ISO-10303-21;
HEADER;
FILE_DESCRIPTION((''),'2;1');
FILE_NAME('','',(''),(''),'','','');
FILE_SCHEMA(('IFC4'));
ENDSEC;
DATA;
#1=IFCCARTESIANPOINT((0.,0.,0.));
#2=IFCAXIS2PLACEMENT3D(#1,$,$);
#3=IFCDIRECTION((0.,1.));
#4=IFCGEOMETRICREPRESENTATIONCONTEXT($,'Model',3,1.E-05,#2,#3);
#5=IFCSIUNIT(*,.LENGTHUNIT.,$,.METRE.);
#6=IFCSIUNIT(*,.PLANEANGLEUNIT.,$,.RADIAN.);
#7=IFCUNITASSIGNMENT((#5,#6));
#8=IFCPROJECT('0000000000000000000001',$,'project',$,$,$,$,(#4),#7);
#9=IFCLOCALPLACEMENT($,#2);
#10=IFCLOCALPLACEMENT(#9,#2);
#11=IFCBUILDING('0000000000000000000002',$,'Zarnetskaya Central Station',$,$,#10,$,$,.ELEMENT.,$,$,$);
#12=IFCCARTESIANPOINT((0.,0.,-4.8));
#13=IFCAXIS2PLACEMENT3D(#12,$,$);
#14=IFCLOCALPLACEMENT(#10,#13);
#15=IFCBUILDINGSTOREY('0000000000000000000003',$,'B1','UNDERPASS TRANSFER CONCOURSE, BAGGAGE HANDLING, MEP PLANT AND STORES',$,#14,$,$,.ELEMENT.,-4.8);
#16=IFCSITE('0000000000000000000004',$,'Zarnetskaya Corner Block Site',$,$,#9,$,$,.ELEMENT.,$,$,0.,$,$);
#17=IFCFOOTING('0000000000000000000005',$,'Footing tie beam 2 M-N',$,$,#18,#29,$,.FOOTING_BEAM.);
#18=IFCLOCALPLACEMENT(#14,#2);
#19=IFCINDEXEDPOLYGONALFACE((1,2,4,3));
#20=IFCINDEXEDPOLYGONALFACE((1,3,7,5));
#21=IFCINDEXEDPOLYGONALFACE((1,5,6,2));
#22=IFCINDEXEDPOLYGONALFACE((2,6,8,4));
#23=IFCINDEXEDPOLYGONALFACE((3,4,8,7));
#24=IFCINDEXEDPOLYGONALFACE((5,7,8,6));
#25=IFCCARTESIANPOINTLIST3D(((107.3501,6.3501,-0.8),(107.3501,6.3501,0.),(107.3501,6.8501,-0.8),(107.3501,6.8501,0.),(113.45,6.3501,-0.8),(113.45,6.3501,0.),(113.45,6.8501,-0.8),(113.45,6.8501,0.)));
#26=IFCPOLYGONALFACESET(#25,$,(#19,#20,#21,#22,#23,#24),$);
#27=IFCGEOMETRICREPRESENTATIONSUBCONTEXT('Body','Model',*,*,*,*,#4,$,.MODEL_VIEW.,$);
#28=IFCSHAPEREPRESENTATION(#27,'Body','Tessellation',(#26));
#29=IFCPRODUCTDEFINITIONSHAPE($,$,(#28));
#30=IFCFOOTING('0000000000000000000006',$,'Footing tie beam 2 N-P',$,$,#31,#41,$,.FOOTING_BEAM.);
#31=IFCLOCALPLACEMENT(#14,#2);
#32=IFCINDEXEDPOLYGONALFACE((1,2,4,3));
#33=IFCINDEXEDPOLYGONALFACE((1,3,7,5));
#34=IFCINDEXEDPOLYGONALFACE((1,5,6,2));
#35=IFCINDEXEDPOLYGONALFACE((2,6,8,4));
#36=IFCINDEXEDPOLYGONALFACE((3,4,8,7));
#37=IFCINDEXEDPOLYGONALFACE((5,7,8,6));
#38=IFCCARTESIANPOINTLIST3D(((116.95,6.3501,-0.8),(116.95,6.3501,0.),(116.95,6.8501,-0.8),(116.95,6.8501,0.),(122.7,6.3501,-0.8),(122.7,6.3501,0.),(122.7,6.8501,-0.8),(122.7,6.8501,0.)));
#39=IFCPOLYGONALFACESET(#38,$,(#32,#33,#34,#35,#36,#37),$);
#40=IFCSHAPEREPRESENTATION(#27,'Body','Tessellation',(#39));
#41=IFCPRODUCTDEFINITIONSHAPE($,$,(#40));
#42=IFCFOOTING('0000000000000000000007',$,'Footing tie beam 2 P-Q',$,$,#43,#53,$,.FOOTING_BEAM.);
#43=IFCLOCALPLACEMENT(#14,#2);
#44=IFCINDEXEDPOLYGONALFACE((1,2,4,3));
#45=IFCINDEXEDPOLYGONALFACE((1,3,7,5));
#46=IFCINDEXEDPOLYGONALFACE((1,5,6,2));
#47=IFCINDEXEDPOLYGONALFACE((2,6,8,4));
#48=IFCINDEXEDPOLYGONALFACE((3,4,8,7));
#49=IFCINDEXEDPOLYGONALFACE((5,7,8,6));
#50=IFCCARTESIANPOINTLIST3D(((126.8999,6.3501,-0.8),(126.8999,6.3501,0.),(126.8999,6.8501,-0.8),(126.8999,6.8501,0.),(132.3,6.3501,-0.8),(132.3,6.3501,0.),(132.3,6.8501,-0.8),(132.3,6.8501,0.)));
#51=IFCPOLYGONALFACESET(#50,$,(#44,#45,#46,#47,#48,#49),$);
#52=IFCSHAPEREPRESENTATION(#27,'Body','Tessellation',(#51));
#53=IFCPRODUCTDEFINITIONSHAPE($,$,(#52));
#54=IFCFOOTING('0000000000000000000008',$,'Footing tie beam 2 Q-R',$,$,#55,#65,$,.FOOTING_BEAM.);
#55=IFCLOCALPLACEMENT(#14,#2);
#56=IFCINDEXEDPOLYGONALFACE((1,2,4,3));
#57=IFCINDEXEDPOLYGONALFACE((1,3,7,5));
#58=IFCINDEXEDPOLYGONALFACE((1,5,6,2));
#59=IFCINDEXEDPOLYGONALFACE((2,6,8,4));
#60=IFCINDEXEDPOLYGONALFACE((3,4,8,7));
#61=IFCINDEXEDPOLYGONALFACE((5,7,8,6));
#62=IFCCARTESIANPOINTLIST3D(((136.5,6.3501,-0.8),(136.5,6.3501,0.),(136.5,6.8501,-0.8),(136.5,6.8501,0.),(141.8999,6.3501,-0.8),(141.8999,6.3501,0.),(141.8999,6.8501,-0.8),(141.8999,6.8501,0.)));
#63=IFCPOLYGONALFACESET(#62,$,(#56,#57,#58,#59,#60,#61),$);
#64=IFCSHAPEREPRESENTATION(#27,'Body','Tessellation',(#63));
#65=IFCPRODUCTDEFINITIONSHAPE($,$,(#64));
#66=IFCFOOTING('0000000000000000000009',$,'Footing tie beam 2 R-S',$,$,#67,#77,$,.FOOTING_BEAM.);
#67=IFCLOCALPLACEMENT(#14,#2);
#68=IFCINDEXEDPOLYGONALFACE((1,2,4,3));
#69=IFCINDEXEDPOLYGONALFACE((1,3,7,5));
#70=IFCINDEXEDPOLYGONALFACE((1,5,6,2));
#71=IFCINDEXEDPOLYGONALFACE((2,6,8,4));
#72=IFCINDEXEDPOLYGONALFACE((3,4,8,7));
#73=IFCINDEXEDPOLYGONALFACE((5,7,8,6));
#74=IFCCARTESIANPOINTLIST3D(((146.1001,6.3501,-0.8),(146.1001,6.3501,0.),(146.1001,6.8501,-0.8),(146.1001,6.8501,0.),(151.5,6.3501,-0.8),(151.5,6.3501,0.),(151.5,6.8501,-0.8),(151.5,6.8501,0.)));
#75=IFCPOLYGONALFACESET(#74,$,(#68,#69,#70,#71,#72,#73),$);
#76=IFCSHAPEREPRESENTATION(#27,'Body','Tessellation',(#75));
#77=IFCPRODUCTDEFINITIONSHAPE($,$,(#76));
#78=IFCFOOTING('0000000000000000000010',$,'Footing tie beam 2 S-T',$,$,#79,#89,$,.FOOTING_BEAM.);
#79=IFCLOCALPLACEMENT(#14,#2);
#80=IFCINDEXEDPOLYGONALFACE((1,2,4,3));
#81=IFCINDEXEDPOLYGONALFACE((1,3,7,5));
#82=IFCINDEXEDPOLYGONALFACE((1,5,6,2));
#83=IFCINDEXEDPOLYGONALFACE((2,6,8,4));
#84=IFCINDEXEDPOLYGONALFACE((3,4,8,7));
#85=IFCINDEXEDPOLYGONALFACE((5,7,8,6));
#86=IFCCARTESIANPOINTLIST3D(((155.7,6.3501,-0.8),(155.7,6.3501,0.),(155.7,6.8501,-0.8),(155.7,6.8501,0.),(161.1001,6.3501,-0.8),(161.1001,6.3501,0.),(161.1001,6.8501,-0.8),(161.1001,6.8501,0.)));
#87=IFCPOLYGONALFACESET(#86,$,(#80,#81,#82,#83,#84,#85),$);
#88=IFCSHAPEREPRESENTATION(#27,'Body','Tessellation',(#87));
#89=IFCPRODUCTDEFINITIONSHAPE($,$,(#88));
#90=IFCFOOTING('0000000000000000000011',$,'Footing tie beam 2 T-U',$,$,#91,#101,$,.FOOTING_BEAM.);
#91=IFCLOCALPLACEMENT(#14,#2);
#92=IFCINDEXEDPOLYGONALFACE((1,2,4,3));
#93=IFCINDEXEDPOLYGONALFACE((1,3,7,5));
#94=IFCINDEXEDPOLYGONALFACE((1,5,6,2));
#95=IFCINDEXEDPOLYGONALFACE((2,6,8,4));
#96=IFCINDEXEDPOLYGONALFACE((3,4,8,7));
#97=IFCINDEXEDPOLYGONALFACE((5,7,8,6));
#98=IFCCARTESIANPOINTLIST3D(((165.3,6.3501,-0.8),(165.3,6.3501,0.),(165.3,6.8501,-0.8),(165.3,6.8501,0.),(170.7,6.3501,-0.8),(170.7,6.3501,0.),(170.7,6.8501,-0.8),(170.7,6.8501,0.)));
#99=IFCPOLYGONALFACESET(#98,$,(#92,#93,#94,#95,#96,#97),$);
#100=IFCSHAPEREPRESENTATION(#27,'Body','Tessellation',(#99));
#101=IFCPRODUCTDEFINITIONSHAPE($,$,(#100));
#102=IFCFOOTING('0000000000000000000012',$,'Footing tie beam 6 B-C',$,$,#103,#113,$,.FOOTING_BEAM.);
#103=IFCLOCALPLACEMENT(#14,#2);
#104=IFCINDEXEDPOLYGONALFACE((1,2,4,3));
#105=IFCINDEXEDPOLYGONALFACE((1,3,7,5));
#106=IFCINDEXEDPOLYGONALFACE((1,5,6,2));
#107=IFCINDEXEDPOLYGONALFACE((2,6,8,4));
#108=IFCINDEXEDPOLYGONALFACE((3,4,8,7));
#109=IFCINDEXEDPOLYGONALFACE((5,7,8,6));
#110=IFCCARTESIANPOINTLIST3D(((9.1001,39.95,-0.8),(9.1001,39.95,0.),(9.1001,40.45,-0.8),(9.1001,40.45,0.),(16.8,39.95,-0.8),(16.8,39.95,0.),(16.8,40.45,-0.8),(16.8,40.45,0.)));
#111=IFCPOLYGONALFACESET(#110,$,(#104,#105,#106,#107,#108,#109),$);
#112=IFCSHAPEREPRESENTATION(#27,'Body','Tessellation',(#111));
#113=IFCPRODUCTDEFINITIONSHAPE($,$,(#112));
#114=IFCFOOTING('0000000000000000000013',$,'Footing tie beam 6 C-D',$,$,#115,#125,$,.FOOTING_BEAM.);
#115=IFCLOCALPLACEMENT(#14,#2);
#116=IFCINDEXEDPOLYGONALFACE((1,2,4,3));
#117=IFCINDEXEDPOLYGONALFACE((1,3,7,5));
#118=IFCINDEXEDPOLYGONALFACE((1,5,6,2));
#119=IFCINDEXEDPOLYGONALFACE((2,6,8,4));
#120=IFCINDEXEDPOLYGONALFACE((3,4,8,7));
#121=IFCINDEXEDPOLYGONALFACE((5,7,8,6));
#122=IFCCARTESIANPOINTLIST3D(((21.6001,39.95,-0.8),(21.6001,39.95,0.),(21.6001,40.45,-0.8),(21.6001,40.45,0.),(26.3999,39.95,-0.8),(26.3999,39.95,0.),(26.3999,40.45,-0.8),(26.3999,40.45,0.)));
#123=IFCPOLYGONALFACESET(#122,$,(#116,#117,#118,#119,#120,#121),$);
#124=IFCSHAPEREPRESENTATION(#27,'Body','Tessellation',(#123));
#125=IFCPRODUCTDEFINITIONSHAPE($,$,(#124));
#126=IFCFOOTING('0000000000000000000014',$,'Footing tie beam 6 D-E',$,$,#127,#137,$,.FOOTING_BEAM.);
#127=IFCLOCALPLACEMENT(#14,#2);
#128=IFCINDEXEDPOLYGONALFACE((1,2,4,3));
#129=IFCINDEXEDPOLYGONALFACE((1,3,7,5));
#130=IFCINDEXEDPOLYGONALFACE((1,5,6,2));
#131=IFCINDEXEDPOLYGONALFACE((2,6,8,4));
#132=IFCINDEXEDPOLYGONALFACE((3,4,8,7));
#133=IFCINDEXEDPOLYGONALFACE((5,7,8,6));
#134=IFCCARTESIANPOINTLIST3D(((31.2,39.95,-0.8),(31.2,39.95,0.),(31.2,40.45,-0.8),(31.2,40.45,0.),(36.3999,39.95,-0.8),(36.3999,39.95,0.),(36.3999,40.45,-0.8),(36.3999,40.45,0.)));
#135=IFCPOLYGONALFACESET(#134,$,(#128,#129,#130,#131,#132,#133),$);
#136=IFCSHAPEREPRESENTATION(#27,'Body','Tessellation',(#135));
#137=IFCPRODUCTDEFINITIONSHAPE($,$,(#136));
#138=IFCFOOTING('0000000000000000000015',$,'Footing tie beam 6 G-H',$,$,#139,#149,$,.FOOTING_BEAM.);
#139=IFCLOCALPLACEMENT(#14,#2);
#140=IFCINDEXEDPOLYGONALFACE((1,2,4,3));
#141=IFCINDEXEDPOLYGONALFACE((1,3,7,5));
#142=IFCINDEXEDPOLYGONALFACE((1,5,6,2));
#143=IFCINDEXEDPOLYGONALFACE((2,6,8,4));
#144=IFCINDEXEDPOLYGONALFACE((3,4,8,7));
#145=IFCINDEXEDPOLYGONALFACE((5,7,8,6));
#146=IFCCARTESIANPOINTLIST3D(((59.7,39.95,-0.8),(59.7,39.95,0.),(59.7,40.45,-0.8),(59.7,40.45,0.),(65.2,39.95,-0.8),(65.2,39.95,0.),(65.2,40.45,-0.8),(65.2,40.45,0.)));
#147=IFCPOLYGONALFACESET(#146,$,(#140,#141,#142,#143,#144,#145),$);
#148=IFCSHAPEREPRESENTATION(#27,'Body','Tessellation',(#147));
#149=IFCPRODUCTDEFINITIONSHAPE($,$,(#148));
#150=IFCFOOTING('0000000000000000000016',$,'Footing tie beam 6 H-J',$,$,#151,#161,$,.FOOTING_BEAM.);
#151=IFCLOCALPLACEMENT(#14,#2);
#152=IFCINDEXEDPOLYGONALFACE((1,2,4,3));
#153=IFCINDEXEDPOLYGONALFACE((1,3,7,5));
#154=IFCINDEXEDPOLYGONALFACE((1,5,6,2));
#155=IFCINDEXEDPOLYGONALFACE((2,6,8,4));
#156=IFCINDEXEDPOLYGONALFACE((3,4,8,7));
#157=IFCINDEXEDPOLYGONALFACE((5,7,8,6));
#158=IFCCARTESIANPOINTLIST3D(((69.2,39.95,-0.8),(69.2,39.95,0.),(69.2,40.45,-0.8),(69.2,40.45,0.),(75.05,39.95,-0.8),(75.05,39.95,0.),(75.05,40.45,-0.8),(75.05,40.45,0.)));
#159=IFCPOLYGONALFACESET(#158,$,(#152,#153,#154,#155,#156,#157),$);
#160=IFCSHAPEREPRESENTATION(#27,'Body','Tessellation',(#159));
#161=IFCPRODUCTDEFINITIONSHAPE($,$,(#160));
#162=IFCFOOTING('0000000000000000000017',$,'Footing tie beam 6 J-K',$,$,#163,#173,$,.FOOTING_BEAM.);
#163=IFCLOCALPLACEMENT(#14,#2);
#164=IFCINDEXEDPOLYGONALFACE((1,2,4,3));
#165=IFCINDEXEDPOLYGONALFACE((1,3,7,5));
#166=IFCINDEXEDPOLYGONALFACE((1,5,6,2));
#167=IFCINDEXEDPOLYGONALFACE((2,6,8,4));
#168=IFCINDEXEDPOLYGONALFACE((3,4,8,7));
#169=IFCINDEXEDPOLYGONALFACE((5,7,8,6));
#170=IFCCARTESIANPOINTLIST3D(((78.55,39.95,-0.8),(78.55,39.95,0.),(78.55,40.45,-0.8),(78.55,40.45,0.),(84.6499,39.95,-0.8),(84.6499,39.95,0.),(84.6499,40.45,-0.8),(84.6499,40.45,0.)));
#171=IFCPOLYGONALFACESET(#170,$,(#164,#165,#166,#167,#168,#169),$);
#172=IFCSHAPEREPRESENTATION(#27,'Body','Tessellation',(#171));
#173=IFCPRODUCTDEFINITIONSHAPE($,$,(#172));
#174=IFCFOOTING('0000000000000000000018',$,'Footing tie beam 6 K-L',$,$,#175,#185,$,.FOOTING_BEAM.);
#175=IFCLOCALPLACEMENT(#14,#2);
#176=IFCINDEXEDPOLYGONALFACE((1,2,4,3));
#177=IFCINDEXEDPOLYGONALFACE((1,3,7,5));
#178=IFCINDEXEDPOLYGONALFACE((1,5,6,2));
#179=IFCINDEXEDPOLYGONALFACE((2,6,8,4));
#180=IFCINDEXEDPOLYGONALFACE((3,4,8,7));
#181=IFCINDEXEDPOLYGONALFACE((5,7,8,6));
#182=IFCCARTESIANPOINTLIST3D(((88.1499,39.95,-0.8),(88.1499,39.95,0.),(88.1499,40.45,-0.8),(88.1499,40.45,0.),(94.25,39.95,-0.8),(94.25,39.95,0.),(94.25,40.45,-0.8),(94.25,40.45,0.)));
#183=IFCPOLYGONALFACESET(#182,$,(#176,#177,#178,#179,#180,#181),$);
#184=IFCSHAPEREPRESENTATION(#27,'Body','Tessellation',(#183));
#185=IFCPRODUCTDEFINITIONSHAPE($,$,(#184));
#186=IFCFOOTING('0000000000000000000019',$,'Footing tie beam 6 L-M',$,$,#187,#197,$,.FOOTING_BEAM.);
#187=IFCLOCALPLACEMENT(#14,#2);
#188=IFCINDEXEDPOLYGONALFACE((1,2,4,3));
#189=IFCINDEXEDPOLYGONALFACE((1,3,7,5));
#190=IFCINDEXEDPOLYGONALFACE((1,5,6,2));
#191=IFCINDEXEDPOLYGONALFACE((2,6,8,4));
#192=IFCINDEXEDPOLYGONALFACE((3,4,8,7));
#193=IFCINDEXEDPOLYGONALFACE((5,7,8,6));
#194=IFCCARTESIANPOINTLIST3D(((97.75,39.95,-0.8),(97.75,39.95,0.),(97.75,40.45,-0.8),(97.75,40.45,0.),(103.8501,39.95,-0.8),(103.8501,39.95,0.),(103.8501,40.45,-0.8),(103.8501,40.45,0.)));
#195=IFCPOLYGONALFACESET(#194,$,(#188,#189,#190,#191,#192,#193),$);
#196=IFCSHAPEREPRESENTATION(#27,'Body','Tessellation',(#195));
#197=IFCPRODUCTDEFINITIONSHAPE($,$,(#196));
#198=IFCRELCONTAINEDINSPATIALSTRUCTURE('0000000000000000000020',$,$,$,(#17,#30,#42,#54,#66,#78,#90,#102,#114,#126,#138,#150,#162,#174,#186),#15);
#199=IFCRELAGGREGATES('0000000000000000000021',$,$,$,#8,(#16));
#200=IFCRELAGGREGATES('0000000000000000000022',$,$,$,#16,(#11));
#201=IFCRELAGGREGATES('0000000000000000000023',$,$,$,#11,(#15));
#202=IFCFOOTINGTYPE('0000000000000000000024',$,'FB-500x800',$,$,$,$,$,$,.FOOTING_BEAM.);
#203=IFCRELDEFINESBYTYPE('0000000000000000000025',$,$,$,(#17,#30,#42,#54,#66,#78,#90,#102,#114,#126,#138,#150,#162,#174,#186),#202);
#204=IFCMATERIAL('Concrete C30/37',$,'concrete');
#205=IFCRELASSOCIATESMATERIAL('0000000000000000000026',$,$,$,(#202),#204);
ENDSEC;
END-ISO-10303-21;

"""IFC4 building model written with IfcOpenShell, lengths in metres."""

from ifc_helpers import new_model, si_unit, direction, frame, origin, place, context, subcontext, project, spatial, polyline, outline, extrude, material, type_object, element, save


model = new_model("IFC4")

# Units and contexts
model_context = context("Model", 3, precision=1e-05, world=origin(), true_north=direction((0.0, 1.0)))
body_context = subcontext(model_context, "Body", "Model", "MODEL_VIEW")
ifc_project = project(units=[si_unit("LENGTHUNIT", "METRE"), si_unit("PLANEANGLEUNIT", "RADIAN")], contexts=[model_context])

# Site, building, storey
site_placement = place(None, origin())
site = spatial("IfcSite", under=ifc_project, at=site_placement, Name="Zarnetskaya Corner Block Site", CompositionType="ELEMENT", RefElevation=0.0)
building_placement = place(site_placement, origin())
building = spatial("IfcBuilding", under=site, at=building_placement, Name="Zarnetskaya Central Station", CompositionType="ELEMENT")
storey_placement = place(building_placement, frame((0.0, 0.0, -4.8)))
storey = spatial("IfcBuildingStorey", under=building, at=storey_placement, Name="B1", Description="UNDERPASS TRANSFER CONCOURSE, BAGGAGE HANDLING, MEP PLANT AND STORES", CompositionType="ELEMENT", Elevation=-4.8)

# Footings
ifc_material = material(Name="Concrete C30/37", Category="concrete")
footing_type = type_object("IfcFootingType", Name="FB-500x800", PredefinedType="FOOTING_BEAM", material=ifc_material)
footing_1_placement = place(storey_placement, frame((0.0, 0.0, -0.8)))
element("IfcFooting", 1, at=footing_1_placement, inside=storey, type_object=footing_type, Name="Footing tie beam 2 M-N", PredefinedType="FOOTING_BEAM", context=body_context, shape_type="SweptSolid", body=[
    extrude(outline(polyline([(107.3501, 6.3501), (113.45, 6.3501), (113.45, 6.8501), (107.3501, 6.8501), (107.3501, 6.3501)])), origin(), (0.0, 0.0, 1.0), 0.8),
])
footing_2_placement = place(storey_placement, frame((0.0, 0.0, -0.8)))
element("IfcFooting", 2, at=footing_2_placement, inside=storey, type_object=footing_type, Name="Footing tie beam 2 N-P", PredefinedType="FOOTING_BEAM", context=body_context, shape_type="SweptSolid", body=[
    extrude(outline(polyline([(116.95, 6.3501), (122.7, 6.3501), (122.7, 6.8501), (116.95, 6.8501), (116.95, 6.3501)])), origin(), (0.0, 0.0, 1.0), 0.8),
])
footing_3_placement = place(storey_placement, frame((0.0, 0.0, -0.8)))
element("IfcFooting", 3, at=footing_3_placement, inside=storey, type_object=footing_type, Name="Footing tie beam 2 P-Q", PredefinedType="FOOTING_BEAM", context=body_context, shape_type="SweptSolid", body=[
    extrude(outline(polyline([(126.8999, 6.3501), (132.3, 6.3501), (132.3, 6.8501), (126.8999, 6.8501), (126.8999, 6.3501)])), origin(), (0.0, 0.0, 1.0), 0.8),
])
footing_4_placement = place(storey_placement, frame((0.0, 0.0, -0.8)))
element("IfcFooting", 4, at=footing_4_placement, inside=storey, type_object=footing_type, Name="Footing tie beam 2 Q-R", PredefinedType="FOOTING_BEAM", context=body_context, shape_type="SweptSolid", body=[
    extrude(outline(polyline([(136.5, 6.3501), (141.8999, 6.3501), (141.8999, 6.8501), (136.5, 6.8501), (136.5, 6.3501)])), origin(), (0.0, 0.0, 1.0), 0.8),
])
footing_5_placement = place(storey_placement, frame((0.0, 0.0, -0.8)))
element("IfcFooting", 5, at=footing_5_placement, inside=storey, type_object=footing_type, Name="Footing tie beam 2 R-S", PredefinedType="FOOTING_BEAM", context=body_context, shape_type="SweptSolid", body=[
    extrude(outline(polyline([(146.1001, 6.3501), (151.5, 6.3501), (151.5, 6.8501), (146.1001, 6.8501), (146.1001, 6.3501)])), origin(), (0.0, 0.0, 1.0), 0.8),
])
footing_6_placement = place(storey_placement, frame((0.0, 0.0, -0.8)))
element("IfcFooting", 6, at=footing_6_placement, inside=storey, type_object=footing_type, Name="Footing tie beam 2 S-T", PredefinedType="FOOTING_BEAM", context=body_context, shape_type="SweptSolid", body=[
    extrude(outline(polyline([(155.7, 6.3501), (161.1001, 6.3501), (161.1001, 6.8501), (155.7, 6.8501), (155.7, 6.3501)])), origin(), (0.0, 0.0, 1.0), 0.8),
])
footing_7_placement = place(storey_placement, frame((0.0, 0.0, -0.8)))
element("IfcFooting", 7, at=footing_7_placement, inside=storey, type_object=footing_type, Name="Footing tie beam 2 T-U", PredefinedType="FOOTING_BEAM", context=body_context, shape_type="SweptSolid", body=[
    extrude(outline(polyline([(165.3, 6.3501), (170.7, 6.3501), (170.7, 6.8501), (165.3, 6.8501), (165.3, 6.3501)])), origin(), (0.0, 0.0, 1.0), 0.8),
])
footing_8_placement = place(storey_placement, frame((0.0, 0.0, -0.8)))
element("IfcFooting", 8, at=footing_8_placement, inside=storey, type_object=footing_type, Name="Footing tie beam 6 B-C", PredefinedType="FOOTING_BEAM", context=body_context, shape_type="SweptSolid", body=[
    extrude(outline(polyline([(9.1001, 39.95), (16.8, 39.95), (16.8, 40.45), (9.1001, 40.45), (9.1001, 39.95)])), origin(), (0.0, 0.0, 1.0), 0.8),
])
footing_9_placement = place(storey_placement, frame((0.0, 0.0, -0.8)))
element("IfcFooting", 9, at=footing_9_placement, inside=storey, type_object=footing_type, Name="Footing tie beam 6 C-D", PredefinedType="FOOTING_BEAM", context=body_context, shape_type="SweptSolid", body=[
    extrude(outline(polyline([(21.6001, 39.95), (26.3999, 39.95), (26.3999, 40.45), (21.6001, 40.45), (21.6001, 39.95)])), origin(), (0.0, 0.0, 1.0), 0.8),
])
footing_10_placement = place(storey_placement, frame((0.0, 0.0, -0.8)))
element("IfcFooting", 10, at=footing_10_placement, inside=storey, type_object=footing_type, Name="Footing tie beam 6 D-E", PredefinedType="FOOTING_BEAM", context=body_context, shape_type="SweptSolid", body=[
    extrude(outline(polyline([(31.2, 39.95), (36.3999, 39.95), (36.3999, 40.45), (31.2, 40.45), (31.2, 39.95)])), origin(), (0.0, 0.0, 1.0), 0.8),
])
footing_11_placement = place(storey_placement, frame((0.0, 0.0, -0.8)))
element("IfcFooting", 11, at=footing_11_placement, inside=storey, type_object=footing_type, Name="Footing tie beam 6 G-H", PredefinedType="FOOTING_BEAM", context=body_context, shape_type="SweptSolid", body=[
    extrude(outline(polyline([(59.7, 39.95), (65.2, 39.95), (65.2, 40.45), (59.7, 40.45), (59.7, 39.95)])), origin(), (0.0, 0.0, 1.0), 0.8),
])
footing_12_placement = place(storey_placement, frame((0.0, 0.0, -0.8)))
element("IfcFooting", 12, at=footing_12_placement, inside=storey, type_object=footing_type, Name="Footing tie beam 6 H-J", PredefinedType="FOOTING_BEAM", context=body_context, shape_type="SweptSolid", body=[
    extrude(outline(polyline([(69.2, 39.95), (75.05, 39.95), (75.05, 40.45), (69.2, 40.45), (69.2, 39.95)])), origin(), (0.0, 0.0, 1.0), 0.8),
])
footing_13_placement = place(storey_placement, frame((0.0, 0.0, -0.8)))
element("IfcFooting", 13, at=footing_13_placement, inside=storey, type_object=footing_type, Name="Footing tie beam 6 J-K", PredefinedType="FOOTING_BEAM", context=body_context, shape_type="SweptSolid", body=[
    extrude(outline(polyline([(78.55, 39.95), (84.6499, 39.95), (84.6499, 40.45), (78.55, 40.45), (78.55, 39.95)])), origin(), (0.0, 0.0, 1.0), 0.8),
])
footing_14_placement = place(storey_placement, frame((0.0, 0.0, -0.8)))
element("IfcFooting", 14, at=footing_14_placement, inside=storey, type_object=footing_type, Name="Footing tie beam 6 K-L", PredefinedType="FOOTING_BEAM", context=body_context, shape_type="SweptSolid", body=[
    extrude(outline(polyline([(88.1499, 39.95), (94.25, 39.95), (94.25, 40.45), (88.1499, 40.45), (88.1499, 39.95)])), origin(), (0.0, 0.0, 1.0), 0.8),
])
footing_15_placement = place(storey_placement, frame((0.0, 0.0, -0.8)))
element("IfcFooting", 15, at=footing_15_placement, inside=storey, type_object=footing_type, Name="Footing tie beam 6 L-M", PredefinedType="FOOTING_BEAM", context=body_context, shape_type="SweptSolid", body=[
    extrude(outline(polyline([(97.75, 39.95), (103.8501, 39.95), (103.8501, 40.45), (97.75, 40.45), (97.75, 39.95)])), origin(), (0.0, 0.0, 1.0), 0.8),
])

save(model, "model.ifc")
